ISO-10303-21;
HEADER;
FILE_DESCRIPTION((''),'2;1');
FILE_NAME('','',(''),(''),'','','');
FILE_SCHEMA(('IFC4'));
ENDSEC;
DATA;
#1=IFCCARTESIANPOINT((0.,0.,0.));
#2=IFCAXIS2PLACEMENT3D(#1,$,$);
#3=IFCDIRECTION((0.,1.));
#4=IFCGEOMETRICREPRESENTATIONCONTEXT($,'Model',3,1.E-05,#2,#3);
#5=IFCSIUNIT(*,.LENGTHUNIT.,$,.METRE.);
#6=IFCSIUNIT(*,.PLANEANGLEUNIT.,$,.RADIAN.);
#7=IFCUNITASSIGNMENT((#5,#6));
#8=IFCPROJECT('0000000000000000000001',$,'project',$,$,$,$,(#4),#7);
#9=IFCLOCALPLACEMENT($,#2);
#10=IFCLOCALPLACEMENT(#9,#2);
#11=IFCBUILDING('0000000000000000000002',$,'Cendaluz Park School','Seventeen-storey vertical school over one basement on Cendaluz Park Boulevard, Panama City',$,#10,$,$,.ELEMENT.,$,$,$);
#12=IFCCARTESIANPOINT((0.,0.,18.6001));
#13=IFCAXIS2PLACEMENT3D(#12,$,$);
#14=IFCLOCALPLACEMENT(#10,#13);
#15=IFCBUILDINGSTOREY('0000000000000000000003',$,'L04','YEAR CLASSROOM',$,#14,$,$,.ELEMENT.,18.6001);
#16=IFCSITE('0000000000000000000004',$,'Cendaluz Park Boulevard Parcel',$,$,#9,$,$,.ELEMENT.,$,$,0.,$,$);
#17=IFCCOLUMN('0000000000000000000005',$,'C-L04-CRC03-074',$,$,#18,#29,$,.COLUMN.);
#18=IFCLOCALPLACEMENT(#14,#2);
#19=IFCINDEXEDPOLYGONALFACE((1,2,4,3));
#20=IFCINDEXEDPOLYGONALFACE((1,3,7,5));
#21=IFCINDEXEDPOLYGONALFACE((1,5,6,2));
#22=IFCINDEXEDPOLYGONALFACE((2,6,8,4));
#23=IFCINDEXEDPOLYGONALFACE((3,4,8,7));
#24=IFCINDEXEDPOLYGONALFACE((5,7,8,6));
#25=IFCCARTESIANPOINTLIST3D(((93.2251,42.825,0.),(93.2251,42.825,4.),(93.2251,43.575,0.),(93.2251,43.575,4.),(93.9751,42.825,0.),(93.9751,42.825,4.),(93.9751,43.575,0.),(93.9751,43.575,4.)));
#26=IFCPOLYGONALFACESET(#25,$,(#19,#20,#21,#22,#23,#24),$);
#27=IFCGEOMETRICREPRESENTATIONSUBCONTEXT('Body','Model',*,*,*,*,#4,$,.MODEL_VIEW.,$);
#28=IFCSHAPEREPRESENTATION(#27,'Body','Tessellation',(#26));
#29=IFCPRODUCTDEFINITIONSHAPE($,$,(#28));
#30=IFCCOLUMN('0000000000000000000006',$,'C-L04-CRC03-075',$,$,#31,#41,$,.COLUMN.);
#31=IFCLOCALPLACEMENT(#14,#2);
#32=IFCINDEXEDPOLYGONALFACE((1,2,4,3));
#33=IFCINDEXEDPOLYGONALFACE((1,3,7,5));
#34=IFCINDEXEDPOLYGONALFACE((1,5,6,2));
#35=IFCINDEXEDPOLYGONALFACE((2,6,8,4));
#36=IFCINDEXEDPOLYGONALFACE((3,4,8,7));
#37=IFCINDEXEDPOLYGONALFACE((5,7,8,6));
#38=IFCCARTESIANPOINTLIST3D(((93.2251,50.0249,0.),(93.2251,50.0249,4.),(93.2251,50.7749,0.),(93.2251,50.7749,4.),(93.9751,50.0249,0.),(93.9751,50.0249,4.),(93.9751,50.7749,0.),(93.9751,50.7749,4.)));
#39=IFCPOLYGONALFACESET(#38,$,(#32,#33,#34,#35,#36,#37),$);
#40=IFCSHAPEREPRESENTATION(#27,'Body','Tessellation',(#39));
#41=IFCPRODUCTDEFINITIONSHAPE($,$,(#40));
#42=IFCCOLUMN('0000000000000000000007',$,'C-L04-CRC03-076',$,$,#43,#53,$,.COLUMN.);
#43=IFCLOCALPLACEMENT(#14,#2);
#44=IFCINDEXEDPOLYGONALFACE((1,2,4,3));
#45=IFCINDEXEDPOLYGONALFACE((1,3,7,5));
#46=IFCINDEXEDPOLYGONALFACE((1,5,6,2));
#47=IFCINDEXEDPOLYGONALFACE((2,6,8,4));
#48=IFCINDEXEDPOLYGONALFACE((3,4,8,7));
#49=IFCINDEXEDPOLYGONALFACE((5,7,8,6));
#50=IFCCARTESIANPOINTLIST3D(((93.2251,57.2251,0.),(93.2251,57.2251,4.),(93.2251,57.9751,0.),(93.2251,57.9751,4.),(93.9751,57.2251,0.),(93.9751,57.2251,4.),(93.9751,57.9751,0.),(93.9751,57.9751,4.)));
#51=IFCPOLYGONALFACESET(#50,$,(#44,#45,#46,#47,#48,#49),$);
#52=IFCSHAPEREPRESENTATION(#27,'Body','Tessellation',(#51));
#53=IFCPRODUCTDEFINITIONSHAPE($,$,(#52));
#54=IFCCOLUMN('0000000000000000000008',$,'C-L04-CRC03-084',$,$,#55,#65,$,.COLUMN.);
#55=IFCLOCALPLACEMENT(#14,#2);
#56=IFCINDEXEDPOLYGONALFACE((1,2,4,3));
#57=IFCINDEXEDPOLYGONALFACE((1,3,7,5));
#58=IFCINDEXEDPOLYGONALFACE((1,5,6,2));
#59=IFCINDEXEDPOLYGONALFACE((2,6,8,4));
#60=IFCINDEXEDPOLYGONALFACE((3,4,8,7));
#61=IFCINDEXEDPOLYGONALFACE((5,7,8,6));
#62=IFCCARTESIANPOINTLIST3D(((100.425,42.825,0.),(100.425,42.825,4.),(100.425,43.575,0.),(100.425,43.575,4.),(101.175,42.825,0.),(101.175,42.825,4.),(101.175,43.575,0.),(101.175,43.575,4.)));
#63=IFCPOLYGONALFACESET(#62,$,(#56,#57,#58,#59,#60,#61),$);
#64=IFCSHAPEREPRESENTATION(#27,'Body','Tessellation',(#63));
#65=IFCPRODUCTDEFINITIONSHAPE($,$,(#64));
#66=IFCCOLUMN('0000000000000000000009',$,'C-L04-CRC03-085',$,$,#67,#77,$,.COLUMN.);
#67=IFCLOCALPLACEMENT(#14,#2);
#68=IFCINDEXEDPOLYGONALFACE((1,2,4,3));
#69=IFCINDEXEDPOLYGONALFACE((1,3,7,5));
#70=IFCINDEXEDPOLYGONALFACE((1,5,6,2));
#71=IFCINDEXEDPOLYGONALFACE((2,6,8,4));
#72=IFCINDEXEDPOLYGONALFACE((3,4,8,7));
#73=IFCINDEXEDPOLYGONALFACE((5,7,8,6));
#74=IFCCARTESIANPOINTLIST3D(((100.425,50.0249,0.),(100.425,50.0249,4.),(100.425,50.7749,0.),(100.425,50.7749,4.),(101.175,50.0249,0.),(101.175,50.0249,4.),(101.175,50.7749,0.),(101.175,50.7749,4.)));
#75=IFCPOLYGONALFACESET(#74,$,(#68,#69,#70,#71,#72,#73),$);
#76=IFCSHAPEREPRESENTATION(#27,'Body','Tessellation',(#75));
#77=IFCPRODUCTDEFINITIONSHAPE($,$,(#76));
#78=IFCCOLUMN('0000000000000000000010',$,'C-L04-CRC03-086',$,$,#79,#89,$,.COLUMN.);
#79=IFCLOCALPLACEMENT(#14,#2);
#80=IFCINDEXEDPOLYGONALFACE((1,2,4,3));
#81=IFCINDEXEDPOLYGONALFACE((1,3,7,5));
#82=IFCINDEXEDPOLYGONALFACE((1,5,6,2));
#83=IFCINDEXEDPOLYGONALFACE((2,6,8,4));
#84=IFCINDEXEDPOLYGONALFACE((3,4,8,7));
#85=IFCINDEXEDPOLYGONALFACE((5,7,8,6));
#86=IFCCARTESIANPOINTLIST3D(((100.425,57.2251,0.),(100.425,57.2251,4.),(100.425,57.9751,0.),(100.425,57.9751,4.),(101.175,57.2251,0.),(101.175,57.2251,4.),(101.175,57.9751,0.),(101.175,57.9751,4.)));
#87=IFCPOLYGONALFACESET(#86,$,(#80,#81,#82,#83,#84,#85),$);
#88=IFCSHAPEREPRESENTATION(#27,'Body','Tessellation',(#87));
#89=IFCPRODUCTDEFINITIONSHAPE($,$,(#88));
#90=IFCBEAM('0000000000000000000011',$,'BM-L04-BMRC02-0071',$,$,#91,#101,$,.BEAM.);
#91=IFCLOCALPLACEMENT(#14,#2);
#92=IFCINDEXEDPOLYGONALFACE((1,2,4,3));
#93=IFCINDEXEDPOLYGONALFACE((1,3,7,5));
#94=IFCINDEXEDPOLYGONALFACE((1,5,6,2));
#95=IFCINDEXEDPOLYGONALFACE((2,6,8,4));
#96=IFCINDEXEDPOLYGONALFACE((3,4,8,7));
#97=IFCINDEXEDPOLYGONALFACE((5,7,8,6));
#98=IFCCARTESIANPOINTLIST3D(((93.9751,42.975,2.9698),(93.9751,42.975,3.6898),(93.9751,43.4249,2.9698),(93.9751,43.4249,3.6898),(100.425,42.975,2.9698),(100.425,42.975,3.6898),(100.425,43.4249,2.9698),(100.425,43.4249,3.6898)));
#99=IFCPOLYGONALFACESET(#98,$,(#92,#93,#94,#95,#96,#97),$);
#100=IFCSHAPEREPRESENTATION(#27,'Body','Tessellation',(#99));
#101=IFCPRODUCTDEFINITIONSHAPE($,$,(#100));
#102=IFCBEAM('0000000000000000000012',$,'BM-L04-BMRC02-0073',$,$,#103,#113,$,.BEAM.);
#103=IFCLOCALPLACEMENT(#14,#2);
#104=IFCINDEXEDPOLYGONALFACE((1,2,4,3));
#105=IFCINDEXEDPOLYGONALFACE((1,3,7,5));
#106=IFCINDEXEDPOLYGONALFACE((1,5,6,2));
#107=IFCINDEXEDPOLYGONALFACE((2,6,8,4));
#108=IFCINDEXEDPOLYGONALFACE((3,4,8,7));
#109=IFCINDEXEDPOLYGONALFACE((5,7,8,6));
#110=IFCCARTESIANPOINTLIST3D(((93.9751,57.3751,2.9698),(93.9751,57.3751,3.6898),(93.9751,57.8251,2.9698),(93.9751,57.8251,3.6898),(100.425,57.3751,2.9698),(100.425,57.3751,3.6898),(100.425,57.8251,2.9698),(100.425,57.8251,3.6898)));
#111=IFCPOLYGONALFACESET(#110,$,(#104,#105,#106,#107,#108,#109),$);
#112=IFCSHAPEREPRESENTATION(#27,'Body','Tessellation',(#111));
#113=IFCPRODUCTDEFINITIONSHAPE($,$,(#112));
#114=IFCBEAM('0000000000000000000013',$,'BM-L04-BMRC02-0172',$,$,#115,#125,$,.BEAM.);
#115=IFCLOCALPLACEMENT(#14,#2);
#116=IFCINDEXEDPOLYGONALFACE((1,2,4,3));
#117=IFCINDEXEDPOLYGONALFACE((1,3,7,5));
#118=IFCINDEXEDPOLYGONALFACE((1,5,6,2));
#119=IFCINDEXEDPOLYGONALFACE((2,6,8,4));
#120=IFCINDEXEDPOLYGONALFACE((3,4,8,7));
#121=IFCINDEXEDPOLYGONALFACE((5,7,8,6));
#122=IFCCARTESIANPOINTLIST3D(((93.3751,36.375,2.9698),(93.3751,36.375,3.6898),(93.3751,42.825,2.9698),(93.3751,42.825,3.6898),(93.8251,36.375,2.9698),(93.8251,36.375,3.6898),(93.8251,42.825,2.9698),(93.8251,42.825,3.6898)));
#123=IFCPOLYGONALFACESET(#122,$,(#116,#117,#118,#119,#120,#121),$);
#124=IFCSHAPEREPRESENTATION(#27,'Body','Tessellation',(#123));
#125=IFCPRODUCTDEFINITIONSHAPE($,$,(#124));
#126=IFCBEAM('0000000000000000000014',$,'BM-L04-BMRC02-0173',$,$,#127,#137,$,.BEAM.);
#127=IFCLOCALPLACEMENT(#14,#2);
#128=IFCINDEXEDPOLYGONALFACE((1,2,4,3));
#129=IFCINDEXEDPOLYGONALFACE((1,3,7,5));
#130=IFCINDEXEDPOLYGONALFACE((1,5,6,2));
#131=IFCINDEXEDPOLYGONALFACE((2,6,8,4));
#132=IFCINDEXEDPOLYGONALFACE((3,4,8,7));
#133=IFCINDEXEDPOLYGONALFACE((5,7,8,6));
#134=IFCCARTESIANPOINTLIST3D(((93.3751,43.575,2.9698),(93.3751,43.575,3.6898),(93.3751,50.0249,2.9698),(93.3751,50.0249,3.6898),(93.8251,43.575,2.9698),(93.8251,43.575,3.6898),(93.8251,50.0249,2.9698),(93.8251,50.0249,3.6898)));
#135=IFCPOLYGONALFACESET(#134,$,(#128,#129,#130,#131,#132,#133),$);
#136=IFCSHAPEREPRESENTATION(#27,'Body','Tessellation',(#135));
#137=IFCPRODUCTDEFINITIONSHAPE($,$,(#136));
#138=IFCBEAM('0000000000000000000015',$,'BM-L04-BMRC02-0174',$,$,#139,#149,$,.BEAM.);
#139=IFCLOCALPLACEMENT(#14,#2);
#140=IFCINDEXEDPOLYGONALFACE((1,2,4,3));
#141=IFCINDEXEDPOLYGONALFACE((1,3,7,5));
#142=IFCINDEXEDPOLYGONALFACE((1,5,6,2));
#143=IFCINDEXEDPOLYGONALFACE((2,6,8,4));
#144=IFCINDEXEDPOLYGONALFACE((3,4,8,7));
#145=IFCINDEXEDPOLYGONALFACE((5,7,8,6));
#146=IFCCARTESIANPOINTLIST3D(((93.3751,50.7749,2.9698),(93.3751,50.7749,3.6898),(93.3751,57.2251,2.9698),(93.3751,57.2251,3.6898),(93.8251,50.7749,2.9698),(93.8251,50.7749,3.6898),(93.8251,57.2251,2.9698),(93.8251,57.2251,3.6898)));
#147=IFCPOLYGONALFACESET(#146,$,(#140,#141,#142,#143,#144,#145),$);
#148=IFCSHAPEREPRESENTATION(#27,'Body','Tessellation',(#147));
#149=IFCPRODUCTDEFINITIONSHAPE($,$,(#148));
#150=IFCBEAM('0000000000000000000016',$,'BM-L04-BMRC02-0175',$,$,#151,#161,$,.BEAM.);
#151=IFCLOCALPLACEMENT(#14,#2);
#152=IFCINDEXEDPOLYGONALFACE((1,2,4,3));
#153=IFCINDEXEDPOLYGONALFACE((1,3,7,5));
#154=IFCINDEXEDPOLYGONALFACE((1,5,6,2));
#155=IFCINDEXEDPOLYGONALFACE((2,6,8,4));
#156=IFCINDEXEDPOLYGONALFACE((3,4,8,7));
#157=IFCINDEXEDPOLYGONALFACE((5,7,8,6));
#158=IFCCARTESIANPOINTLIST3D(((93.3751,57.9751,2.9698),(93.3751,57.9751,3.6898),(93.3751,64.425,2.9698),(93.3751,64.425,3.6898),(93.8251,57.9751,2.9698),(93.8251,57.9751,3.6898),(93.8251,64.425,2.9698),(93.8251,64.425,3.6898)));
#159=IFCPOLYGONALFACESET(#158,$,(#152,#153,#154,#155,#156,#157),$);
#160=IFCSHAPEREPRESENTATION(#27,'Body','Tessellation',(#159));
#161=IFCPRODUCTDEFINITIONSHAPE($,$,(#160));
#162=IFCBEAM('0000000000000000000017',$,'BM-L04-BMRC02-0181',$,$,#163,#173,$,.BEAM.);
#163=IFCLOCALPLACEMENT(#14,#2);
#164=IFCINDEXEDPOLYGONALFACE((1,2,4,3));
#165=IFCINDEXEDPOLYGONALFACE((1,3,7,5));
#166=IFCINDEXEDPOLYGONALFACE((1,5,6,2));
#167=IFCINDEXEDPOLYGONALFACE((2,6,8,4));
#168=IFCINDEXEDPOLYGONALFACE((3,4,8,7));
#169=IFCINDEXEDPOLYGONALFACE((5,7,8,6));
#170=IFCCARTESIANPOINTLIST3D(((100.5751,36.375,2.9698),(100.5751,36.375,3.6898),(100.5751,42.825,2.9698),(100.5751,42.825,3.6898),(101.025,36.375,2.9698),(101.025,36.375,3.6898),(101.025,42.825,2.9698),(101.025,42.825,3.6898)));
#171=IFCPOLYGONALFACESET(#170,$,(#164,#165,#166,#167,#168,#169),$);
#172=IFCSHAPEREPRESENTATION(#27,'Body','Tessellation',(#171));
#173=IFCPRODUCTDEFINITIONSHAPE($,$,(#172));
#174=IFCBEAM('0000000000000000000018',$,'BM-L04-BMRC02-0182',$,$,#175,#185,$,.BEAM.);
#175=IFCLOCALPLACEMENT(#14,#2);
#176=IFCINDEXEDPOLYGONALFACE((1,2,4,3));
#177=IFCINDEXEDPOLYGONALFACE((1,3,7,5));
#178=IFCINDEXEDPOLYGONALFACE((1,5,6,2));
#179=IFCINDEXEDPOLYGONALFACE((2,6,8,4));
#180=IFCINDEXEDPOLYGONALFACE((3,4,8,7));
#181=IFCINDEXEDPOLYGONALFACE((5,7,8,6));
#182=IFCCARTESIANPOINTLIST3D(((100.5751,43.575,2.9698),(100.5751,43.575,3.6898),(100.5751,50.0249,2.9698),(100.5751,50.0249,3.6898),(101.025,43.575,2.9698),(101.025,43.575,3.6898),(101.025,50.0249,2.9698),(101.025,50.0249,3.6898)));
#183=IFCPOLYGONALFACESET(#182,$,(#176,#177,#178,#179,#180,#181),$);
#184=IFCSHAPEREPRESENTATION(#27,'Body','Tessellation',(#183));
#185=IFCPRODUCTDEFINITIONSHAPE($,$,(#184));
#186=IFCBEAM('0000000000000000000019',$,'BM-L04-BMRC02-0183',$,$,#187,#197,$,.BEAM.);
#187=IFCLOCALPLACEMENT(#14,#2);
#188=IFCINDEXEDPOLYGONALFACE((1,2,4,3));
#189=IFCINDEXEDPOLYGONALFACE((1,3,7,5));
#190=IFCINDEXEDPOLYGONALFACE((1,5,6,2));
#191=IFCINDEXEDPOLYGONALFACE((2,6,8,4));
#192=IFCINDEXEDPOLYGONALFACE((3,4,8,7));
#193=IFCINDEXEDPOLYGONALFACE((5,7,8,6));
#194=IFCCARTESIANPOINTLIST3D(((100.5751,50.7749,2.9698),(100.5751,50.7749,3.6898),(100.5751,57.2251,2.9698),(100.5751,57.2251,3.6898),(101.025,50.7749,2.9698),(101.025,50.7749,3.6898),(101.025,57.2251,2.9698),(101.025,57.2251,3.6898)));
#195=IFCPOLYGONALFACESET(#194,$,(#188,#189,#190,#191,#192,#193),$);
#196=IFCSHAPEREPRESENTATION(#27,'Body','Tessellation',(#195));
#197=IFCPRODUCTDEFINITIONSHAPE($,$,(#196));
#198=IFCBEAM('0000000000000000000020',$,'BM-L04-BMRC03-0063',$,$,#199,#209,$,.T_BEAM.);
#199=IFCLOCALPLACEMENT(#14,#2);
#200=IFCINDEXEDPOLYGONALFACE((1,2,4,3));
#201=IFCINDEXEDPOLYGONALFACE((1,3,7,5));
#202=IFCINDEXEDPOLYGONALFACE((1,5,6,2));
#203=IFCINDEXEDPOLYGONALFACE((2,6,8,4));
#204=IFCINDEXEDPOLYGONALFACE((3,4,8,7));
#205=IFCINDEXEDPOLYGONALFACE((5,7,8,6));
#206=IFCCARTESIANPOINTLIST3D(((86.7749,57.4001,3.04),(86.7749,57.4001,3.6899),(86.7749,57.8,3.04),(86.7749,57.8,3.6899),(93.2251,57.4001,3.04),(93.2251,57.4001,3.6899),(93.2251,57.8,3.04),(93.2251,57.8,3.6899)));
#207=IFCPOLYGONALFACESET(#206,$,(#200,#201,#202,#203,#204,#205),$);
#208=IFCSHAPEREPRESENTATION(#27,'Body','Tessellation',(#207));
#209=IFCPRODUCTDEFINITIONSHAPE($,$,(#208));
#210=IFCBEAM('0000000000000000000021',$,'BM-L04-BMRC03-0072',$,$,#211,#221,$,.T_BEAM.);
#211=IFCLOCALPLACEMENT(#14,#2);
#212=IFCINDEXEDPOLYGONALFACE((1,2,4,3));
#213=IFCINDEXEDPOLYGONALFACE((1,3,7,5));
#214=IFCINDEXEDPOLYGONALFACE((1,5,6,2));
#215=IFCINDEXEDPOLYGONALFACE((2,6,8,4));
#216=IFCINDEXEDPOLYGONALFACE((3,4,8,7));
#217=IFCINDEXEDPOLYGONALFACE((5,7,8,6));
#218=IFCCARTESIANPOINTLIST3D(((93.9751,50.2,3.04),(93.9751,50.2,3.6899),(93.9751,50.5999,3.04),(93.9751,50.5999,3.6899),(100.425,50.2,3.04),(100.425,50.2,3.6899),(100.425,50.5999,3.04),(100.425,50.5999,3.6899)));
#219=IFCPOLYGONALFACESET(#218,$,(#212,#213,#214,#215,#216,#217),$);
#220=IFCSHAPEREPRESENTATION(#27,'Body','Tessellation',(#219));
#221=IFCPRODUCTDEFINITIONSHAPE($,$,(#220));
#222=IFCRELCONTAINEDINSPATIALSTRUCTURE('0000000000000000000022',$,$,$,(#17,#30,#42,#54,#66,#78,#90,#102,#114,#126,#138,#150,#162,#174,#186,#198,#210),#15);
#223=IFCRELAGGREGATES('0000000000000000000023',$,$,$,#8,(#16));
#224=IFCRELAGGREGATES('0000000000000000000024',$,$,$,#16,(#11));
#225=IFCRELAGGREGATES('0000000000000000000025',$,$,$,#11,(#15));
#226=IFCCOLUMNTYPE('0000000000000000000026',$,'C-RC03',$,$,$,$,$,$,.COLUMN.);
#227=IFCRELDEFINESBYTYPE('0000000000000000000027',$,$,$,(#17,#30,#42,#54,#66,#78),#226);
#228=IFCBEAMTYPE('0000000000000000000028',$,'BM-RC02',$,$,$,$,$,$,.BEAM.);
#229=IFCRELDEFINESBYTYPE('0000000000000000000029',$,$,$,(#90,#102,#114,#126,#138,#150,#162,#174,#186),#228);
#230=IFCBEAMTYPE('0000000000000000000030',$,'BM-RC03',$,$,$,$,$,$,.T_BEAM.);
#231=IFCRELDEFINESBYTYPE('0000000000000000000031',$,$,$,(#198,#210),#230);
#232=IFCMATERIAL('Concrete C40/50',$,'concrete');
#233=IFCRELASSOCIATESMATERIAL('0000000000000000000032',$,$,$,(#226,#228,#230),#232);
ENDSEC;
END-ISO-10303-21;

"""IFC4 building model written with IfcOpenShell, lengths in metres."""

from ifc_helpers import new_model, si_unit, direction, frame, origin, origin_2d, place, context, subcontext, project, spatial, rectangle, extrude, material, material_profile, profile_set, type_object, element, save


model = new_model("IFC4")

# Units and contexts
model_context = context("Model", 3, precision=1e-05, world=origin(), true_north=direction((0.0, 1.0)))
body_context = subcontext(model_context, "Body", "Model", "MODEL_VIEW")
ifc_project = project(units=[si_unit("LENGTHUNIT", "METRE"), si_unit("PLANEANGLEUNIT", "RADIAN")], contexts=[model_context])

# Site, building, storey
site_placement = place(None, origin())
site = spatial("IfcSite", under=ifc_project, at=site_placement, Name="Cendaluz Park Boulevard Parcel", CompositionType="ELEMENT", RefElevation=0.0)
building_placement = place(site_placement, origin())
building = spatial("IfcBuilding", under=site, at=building_placement, Name="Cendaluz Park School", Description="Seventeen-storey vertical school over one basement on Cendaluz Park Boulevard, Panama City", CompositionType="ELEMENT")
storey_placement = place(building_placement, frame((0.0, 0.0, 18.6001)))
storey = spatial("IfcBuildingStorey", under=building, at=storey_placement, Name="L04", Description="YEAR CLASSROOM", CompositionType="ELEMENT", Elevation=18.6001)

# Columns
ifc_material_1 = material(Name="Concrete C40/50", Category="concrete")
ifc_material_profile_1 = material_profile(ifc_material_1, rectangle(XDim=0.75, YDim=0.75, at=origin_2d()), Name="RC 750x750", Category="concrete")
ifc_profile_set_1 = profile_set([ifc_material_profile_1], Name="Concrete C40/50")
column_type = type_object("IfcColumnType", Name="C-RC03", PredefinedType="COLUMN", material=ifc_profile_set_1)
for number, where, z_axis, x_axis, name in (
    (1, (93.6001, 43.2, 0.0), (0.0, 0.0, 1.0), (1.0, 0.0, 0.0), "C-L04-CRC03-074"),
    (2, (93.6001, 50.3999, 0.0), (0.0, 0.0, 1.0), (1.0, 0.0, 0.0), "C-L04-CRC03-075"),
    (3, (93.6001, 57.6001, 0.0), (0.0, 0.0, 1.0), (1.0, 0.0, 0.0), "C-L04-CRC03-076"),
    (4, (100.8, 43.2, 0.0), (0.0, 0.0, 1.0), (1.0, 0.0, 0.0), "C-L04-CRC03-084"),
    (5, (100.8, 50.3999, 0.0), (0.0, 0.0, 1.0), (1.0, 0.0, 0.0), "C-L04-CRC03-085"),
    (6, (100.8, 57.6001, 0.0), (0.0, 0.0, 1.0), (1.0, 0.0, 0.0), "C-L04-CRC03-086"),
):
    element("IfcColumn", number, at=place(storey_placement, frame(where, z_axis=z_axis, x_axis=x_axis)), inside=storey, type_object=column_type, Name=name, PredefinedType="COLUMN", context=body_context, shape_type="SweptSolid", body=[
        extrude(rectangle(XDim=0.75, YDim=0.75, at=origin_2d()), origin(), (0.0, 0.0, 1.0), 4.0),
    ])

# Beams
ifc_material_profile_2 = material_profile(ifc_material_1, rectangle(XDim=0.45, YDim=0.72, at=origin_2d()), Name="RC 450x720", Category="concrete")
ifc_profile_set_2 = profile_set([ifc_material_profile_2], Name="Concrete C40/50")
beam_type_1 = type_object("IfcBeamType", Name="BM-RC02", PredefinedType="BEAM", material=ifc_profile_set_2)
for number, where, z_axis, x_axis, name in (
    (7, (93.9751, 43.2, 3.3298), (1.0, 0.0, 0.0), (0.0, 1.0, 0.0), "BM-L04-BMRC02-0071"),
    (8, (93.9751, 57.6001, 3.3298), (1.0, 0.0, 0.0), (0.0, 1.0, 0.0), "BM-L04-BMRC02-0073"),
    (9, (93.6001, 36.375, 3.3298), (0.0, 1.0, 0.0), (-1.0, 0.0, 0.0), "BM-L04-BMRC02-0172"),
    (10, (93.6001, 43.575, 3.3298), (0.0, 1.0, 0.0), (-1.0, 0.0, 0.0), "BM-L04-BMRC02-0173"),
):
    element("IfcBeam", number, at=place(storey_placement, frame(where, z_axis=z_axis, x_axis=x_axis)), inside=storey, type_object=beam_type_1, Name=name, PredefinedType="BEAM", context=body_context, shape_type="SweptSolid", body=[
        extrude(rectangle(XDim=0.45, YDim=0.72, at=origin_2d()), origin(), (0.0, 0.0, 1.0), 6.45),
    ])
beam_1_placement = place(storey_placement, frame((93.6001, 50.7749, 3.3298), z_axis=(0.0, 1.0, 0.0), x_axis=(-1.0, 0.0, 0.0)))
element("IfcBeam", 11, at=beam_1_placement, inside=storey, type_object=beam_type_1, Name="BM-L04-BMRC02-0174", PredefinedType="BEAM", context=body_context, shape_type="SweptSolid", body=[
    extrude(rectangle(XDim=0.45, YDim=0.72, at=origin_2d()), origin(), (0.0, 0.0, 1.0), 6.4502),
])
for number, where, z_axis, x_axis, name in (
    (12, (93.6001, 57.9751, 3.3298), (0.0, 1.0, 0.0), (-1.0, 0.0, 0.0), "BM-L04-BMRC02-0175"),
    (13, (100.8, 36.375, 3.3298), (0.0, 1.0, 0.0), (-1.0, 0.0, 0.0), "BM-L04-BMRC02-0181"),
    (14, (100.8, 43.575, 3.3298), (0.0, 1.0, 0.0), (-1.0, 0.0, 0.0), "BM-L04-BMRC02-0182"),
):
    element("IfcBeam", number, at=place(storey_placement, frame(where, z_axis=z_axis, x_axis=x_axis)), inside=storey, type_object=beam_type_1, Name=name, PredefinedType="BEAM", context=body_context, shape_type="SweptSolid", body=[
        extrude(rectangle(XDim=0.45, YDim=0.72, at=origin_2d()), origin(), (0.0, 0.0, 1.0), 6.45),
    ])
beam_2_placement = place(storey_placement, frame((100.8, 50.7749, 3.3298), z_axis=(0.0, 1.0, 0.0), x_axis=(-1.0, 0.0, 0.0)))
element("IfcBeam", 15, at=beam_2_placement, inside=storey, type_object=beam_type_1, Name="BM-L04-BMRC02-0183", PredefinedType="BEAM", context=body_context, shape_type="SweptSolid", body=[
    extrude(rectangle(XDim=0.45, YDim=0.72, at=origin_2d()), origin(), (0.0, 0.0, 1.0), 6.4502),
])
ifc_material_profile_3 = material_profile(ifc_material_1, rectangle(XDim=0.3999, YDim=0.6499, at=origin_2d()), Name="RC 400x650", Category="concrete")
ifc_profile_set_3 = profile_set([ifc_material_profile_3], Name="Concrete C40/50")
beam_type_2 = type_object("IfcBeamType", Name="BM-RC03", PredefinedType="T_BEAM", material=ifc_profile_set_3)
beam_3_placement = place(storey_placement, frame((86.7749, 57.6001, 3.365), z_axis=(1.0, 0.0, 0.0), x_axis=(0.0, 1.0, 0.0)))
element("IfcBeam", 16, at=beam_3_placement, inside=storey, type_object=beam_type_2, Name="BM-L04-BMRC03-0063", PredefinedType="T_BEAM", context=body_context, shape_type="SweptSolid", body=[
    extrude(rectangle(XDim=0.3999, YDim=0.6499, at=origin_2d()), origin(), (0.0, 0.0, 1.0), 6.4502),
])
beam_4_placement = place(storey_placement, frame((93.9751, 50.3999, 3.365), z_axis=(1.0, 0.0, 0.0), x_axis=(0.0, 1.0, 0.0)))
element("IfcBeam", 17, at=beam_4_placement, inside=storey, type_object=beam_type_2, Name="BM-L04-BMRC03-0072", PredefinedType="T_BEAM", context=body_context, shape_type="SweptSolid", body=[
    extrude(rectangle(XDim=0.3999, YDim=0.6499, at=origin_2d()), origin(), (0.0, 0.0, 1.0), 6.45),
])

save(model, "model.ifc")
